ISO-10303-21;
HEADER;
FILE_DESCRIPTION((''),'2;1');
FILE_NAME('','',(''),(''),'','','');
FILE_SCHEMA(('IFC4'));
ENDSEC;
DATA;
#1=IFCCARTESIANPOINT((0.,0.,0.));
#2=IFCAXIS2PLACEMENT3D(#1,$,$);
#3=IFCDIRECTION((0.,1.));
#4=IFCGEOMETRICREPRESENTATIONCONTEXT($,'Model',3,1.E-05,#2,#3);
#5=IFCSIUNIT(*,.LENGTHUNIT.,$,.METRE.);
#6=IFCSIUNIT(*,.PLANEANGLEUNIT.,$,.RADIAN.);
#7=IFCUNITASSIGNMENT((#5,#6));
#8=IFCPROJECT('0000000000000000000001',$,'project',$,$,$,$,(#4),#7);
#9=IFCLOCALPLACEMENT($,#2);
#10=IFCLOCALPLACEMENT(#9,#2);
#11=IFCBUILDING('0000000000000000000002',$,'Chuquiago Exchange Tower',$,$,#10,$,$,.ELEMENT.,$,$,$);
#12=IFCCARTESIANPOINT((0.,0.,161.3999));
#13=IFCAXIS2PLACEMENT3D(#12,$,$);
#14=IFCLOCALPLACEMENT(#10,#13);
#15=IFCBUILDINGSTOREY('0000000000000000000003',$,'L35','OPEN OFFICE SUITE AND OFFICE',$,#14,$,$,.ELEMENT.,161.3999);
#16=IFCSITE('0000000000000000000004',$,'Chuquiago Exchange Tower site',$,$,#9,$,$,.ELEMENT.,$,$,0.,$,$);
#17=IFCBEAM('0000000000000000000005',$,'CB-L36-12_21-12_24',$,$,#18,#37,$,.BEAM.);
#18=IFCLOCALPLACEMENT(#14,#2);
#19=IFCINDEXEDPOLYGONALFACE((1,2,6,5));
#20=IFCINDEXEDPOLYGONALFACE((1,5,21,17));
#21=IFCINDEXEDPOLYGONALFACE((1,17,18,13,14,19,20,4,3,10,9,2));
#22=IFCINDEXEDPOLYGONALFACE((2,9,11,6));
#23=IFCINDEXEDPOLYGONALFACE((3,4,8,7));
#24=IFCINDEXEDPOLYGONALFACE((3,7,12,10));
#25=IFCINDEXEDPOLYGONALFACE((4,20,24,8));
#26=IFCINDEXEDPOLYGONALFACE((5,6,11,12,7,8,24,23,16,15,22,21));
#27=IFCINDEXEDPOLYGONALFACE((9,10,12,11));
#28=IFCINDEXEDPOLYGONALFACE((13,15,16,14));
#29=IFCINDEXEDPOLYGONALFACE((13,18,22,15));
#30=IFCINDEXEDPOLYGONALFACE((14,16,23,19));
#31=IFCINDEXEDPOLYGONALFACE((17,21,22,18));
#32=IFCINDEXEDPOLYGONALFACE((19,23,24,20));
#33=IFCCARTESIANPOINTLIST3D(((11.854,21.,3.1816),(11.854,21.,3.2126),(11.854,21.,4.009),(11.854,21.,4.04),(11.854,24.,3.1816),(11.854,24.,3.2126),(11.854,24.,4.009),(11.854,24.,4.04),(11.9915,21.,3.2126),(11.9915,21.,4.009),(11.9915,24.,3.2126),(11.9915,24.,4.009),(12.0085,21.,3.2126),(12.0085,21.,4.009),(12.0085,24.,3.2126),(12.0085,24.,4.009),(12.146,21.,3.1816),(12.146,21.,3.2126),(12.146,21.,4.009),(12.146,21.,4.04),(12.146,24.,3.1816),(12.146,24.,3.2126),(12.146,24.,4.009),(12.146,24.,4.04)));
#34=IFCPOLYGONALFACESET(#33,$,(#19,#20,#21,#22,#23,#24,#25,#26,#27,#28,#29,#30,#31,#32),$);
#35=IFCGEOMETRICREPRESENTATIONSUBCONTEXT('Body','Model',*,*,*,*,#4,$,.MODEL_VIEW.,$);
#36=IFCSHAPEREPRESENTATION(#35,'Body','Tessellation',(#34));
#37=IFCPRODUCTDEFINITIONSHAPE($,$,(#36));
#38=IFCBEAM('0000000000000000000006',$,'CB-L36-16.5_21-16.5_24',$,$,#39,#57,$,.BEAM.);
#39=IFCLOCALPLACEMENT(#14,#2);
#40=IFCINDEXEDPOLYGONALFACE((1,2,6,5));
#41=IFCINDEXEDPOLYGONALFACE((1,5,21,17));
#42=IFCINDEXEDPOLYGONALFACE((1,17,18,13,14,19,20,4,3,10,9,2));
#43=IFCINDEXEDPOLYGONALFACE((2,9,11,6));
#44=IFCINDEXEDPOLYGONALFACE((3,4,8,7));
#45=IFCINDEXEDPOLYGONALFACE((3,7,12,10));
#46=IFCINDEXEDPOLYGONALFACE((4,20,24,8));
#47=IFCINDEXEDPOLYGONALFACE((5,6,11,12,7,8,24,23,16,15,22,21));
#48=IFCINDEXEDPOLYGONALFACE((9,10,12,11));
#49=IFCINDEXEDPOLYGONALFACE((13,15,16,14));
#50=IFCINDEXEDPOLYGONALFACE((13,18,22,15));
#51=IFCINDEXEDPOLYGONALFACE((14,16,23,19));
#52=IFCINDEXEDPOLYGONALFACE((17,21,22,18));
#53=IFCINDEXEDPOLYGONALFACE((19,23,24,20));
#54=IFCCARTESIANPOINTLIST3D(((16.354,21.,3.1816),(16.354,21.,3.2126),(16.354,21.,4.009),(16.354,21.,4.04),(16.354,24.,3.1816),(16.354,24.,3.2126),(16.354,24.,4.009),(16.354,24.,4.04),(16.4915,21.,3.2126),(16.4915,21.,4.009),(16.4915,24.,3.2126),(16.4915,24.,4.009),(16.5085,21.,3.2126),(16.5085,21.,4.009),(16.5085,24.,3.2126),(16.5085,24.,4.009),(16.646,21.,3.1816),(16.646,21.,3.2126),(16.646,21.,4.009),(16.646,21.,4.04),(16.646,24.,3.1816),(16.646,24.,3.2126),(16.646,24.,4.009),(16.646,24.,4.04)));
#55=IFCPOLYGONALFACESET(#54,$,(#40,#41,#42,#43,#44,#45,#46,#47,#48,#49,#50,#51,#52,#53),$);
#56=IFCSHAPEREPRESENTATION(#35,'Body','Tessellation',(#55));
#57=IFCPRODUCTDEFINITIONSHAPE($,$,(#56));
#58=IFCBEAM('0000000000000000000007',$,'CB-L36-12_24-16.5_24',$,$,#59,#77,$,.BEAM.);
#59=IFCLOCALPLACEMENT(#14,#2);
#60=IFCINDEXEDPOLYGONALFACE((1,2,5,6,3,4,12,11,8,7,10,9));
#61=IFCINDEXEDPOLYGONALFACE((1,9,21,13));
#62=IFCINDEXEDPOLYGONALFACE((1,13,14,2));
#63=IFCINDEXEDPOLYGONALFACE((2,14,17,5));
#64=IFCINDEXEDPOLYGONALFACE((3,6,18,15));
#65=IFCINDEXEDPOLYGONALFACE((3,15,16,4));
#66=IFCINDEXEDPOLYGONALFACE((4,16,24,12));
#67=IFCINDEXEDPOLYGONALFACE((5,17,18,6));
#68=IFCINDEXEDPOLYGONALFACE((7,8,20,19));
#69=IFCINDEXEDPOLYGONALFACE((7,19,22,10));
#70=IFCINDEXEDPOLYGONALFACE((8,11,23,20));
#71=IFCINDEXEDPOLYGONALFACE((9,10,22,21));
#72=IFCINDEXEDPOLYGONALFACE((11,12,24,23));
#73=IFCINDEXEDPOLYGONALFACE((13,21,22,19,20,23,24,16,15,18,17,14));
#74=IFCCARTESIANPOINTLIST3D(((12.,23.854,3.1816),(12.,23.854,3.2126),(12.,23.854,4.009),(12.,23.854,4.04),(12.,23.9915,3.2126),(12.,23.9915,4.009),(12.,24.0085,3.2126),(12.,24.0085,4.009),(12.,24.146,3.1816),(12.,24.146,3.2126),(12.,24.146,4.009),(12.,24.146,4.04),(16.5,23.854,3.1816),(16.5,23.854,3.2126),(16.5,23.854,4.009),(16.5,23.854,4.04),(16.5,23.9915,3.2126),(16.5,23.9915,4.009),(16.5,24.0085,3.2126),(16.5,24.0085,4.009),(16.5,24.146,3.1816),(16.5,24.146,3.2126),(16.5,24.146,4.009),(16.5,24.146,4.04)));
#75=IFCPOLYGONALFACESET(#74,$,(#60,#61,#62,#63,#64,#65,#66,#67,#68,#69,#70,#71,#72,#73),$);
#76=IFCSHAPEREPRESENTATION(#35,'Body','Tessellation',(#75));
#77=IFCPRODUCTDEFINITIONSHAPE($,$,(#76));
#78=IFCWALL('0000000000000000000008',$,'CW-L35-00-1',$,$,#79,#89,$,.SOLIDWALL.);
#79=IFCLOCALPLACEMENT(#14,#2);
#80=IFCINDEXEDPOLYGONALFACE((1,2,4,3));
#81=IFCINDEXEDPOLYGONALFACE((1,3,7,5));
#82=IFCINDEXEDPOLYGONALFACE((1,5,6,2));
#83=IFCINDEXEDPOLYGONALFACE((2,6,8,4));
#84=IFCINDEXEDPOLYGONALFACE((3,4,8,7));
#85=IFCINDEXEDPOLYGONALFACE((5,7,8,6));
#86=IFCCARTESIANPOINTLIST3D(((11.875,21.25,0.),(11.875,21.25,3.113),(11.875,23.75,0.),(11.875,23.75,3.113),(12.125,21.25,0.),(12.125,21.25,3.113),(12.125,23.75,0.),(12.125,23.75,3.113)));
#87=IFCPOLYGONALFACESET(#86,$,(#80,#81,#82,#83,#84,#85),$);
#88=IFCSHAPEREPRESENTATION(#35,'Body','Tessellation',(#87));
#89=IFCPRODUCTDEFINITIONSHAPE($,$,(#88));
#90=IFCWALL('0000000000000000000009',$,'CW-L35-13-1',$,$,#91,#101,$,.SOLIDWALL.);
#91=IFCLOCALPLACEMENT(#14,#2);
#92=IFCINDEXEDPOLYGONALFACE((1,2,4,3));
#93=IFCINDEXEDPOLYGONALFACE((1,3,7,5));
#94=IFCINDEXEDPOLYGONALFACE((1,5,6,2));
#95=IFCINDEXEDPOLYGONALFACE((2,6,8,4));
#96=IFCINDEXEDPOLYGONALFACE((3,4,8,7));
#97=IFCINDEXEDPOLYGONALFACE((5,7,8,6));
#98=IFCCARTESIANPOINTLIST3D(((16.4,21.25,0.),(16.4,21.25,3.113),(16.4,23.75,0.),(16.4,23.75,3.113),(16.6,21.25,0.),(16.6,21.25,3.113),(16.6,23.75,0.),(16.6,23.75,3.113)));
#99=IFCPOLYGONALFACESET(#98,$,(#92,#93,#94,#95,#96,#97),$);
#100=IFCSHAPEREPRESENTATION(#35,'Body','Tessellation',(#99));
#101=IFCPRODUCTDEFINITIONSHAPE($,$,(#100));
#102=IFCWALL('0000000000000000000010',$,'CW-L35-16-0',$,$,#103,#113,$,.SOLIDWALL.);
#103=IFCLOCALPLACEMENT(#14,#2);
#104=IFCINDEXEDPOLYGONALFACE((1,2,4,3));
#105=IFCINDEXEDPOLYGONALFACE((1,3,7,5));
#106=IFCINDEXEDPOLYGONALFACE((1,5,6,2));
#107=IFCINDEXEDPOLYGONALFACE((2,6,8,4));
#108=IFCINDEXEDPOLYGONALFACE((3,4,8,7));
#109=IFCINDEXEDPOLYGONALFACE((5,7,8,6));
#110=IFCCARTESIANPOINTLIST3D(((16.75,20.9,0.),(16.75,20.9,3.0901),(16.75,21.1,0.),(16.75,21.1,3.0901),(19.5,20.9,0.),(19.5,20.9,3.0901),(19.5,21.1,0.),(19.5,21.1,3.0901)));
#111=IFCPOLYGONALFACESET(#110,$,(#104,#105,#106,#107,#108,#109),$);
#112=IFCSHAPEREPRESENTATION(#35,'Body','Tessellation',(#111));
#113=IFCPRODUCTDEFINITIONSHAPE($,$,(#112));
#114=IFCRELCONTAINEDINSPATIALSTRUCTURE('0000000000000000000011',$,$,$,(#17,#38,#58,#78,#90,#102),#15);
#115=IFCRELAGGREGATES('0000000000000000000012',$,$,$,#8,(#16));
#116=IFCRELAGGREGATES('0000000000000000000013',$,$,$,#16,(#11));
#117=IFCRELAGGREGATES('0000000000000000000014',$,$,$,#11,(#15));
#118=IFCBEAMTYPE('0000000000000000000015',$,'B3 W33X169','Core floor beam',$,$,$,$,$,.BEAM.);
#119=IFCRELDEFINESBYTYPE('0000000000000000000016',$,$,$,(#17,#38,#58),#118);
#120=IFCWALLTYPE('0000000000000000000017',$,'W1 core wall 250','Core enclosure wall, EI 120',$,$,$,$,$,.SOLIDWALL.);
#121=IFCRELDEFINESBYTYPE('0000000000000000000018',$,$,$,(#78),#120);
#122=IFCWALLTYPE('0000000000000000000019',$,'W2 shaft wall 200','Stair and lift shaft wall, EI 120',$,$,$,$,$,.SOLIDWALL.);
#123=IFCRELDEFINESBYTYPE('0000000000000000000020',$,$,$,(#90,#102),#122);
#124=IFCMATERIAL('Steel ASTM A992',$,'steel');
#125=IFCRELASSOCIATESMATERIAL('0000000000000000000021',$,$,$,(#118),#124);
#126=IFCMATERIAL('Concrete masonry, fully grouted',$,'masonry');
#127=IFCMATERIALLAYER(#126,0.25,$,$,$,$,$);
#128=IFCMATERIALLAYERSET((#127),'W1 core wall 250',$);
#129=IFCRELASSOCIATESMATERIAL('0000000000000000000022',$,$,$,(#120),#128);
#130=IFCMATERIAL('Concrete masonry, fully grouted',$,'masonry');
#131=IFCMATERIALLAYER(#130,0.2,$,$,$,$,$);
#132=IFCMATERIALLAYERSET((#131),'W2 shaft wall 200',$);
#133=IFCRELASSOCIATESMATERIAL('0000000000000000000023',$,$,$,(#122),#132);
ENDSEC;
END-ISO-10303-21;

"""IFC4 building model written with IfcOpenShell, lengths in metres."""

from ifc_helpers import new_model, si_unit, direction, frame, frame_2d, origin, origin_2d, place, context, subcontext, project, spatial, rectangle, i_section, extrude, material, layer, layer_set, material_profile, profile_set, type_object, element, save


model = new_model("IFC4")

# Units and contexts
model_context = context("Model", 3, precision=1e-05, world=origin(), true_north=direction((0.0, 1.0)))
body_context = subcontext(model_context, "Body", "Model", "MODEL_VIEW")
ifc_project = project(units=[si_unit("LENGTHUNIT", "METRE"), si_unit("PLANEANGLEUNIT", "RADIAN")], contexts=[model_context])

# Site, building, storey
site_placement = place(None, origin())
site = spatial("IfcSite", under=ifc_project, at=site_placement, Name="Chuquiago Exchange Tower site", CompositionType="ELEMENT", RefElevation=0.0)
building_placement = place(site_placement, origin())
building = spatial("IfcBuilding", under=site, at=building_placement, Name="Chuquiago Exchange Tower", CompositionType="ELEMENT")
storey_placement = place(building_placement, frame((0.0, 0.0, 161.3999)))
storey = spatial("IfcBuildingStorey", under=building, at=storey_placement, Name="L35", Description="OPEN OFFICE SUITE AND OFFICE", CompositionType="ELEMENT", Elevation=161.3999)

# Beams
ifc_material_1 = material(Name="Steel ASTM A992", Category="steel")
ifc_material_profile_1 = material_profile(ifc_material_1, i_section(OverallWidth=0.292, OverallDepth=0.8584, WebThickness=0.0171, FlangeThickness=0.031, at=origin_2d()), Name="W33X169")
ifc_profile_set_1 = profile_set([ifc_material_profile_1], Name="Steel ASTM A992")
beam_type_1 = type_object("IfcBeamType", Name="B3 W33X169", Description="Core floor beam", PredefinedType="BEAM", material=ifc_profile_set_1)
for number, where, z_axis, x_axis, name in (
    (1, (12.0, 21.0, 3.6108), (0.0, 1.0, 0.0), (-1.0, 0.0, 0.0), "CB-L36-12_21-12_24"),
    (2, (16.5, 21.0, 3.6108), (0.0, 1.0, 0.0), (-1.0, 0.0, 0.0), "CB-L36-16.5_21-16.5_24"),
):
    element("IfcBeam", number, at=place(storey_placement, frame(where, z_axis=z_axis, x_axis=x_axis)), inside=storey, type_object=beam_type_1, Name=name, PredefinedType="BEAM", context=body_context, shape_type="SweptSolid", body=[
        extrude(i_section(OverallWidth=0.292, OverallDepth=0.8584, WebThickness=0.0171, FlangeThickness=0.031, at=origin_2d()), origin(), (0.0, 0.0, 1.0), 3.0),
    ])
beam_1_placement = place(storey_placement, frame((12.0, 24.0, 3.6108), z_axis=(1.0, 0.0, 0.0), x_axis=(0.0, 1.0, 0.0)))
element("IfcBeam", 3, at=beam_1_placement, inside=storey, type_object=beam_type_1, Name="CB-L36-12_24-16.5_24", PredefinedType="BEAM", context=body_context, shape_type="SweptSolid", body=[
    extrude(i_section(OverallWidth=0.292, OverallDepth=0.8584, WebThickness=0.0171, FlangeThickness=0.031, at=origin_2d()), origin(), (0.0, 0.0, 1.0), 4.5),
])

# Walls
ifc_material_2 = material(Name="Concrete masonry, fully grouted", Category="masonry")
ifc_layer_1 = layer(ifc_material_2, 0.25)
ifc_layer_set_1 = layer_set([ifc_layer_1], Name="W1 core wall 250")
wall_type_1 = type_object("IfcWallType", Name="W1 core wall 250", Description="Core enclosure wall, EI 120", PredefinedType="SOLIDWALL", material=ifc_layer_set_1)
wall_1_placement = place(storey_placement, frame((12.0, 21.25, 0.0), z_axis=(0.0, 0.0, 1.0), x_axis=(0.0, 1.0, 0.0)))
element("IfcWall", 4, at=wall_1_placement, inside=storey, type_object=wall_type_1, Name="CW-L35-00-1", PredefinedType="SOLIDWALL", context=body_context, shape_type="SweptSolid", body=[
    extrude(rectangle(XDim=2.5, YDim=0.25, at=frame_2d((1.25, 0.0))), origin(), (0.0, 0.0, 1.0), 3.113),
])
ifc_material_3 = material(Name="Concrete masonry, fully grouted", Category="masonry")
ifc_layer_2 = layer(ifc_material_3, 0.2)
ifc_layer_set_2 = layer_set([ifc_layer_2], Name="W2 shaft wall 200")
wall_type_2 = type_object("IfcWallType", Name="W2 shaft wall 200", Description="Stair and lift shaft wall, EI 120", PredefinedType="SOLIDWALL", material=ifc_layer_set_2)
wall_2_placement = place(storey_placement, frame((16.5, 21.25, 0.0), z_axis=(0.0, 0.0, 1.0), x_axis=(0.0, 1.0, 0.0)))
element("IfcWall", 5, at=wall_2_placement, inside=storey, type_object=wall_type_2, Name="CW-L35-13-1", PredefinedType="SOLIDWALL", context=body_context, shape_type="SweptSolid", body=[
    extrude(rectangle(XDim=2.5, YDim=0.2, at=frame_2d((1.25, 0.0))), origin(), (0.0, 0.0, 1.0), 3.113),
])
wall_3_placement = place(storey_placement, frame((16.75, 21.0, 0.0), z_axis=(0.0, 0.0, 1.0), x_axis=(1.0, 0.0, 0.0)))
element("IfcWall", 6, at=wall_3_placement, inside=storey, type_object=wall_type_2, Name="CW-L35-16-0", PredefinedType="SOLIDWALL", context=body_context, shape_type="SweptSolid", body=[
    extrude(rectangle(XDim=2.75, YDim=0.2, at=frame_2d((1.375, 0.0))), origin(), (0.0, 0.0, 1.0), 3.0901),
])

save(model, "model.ifc")
